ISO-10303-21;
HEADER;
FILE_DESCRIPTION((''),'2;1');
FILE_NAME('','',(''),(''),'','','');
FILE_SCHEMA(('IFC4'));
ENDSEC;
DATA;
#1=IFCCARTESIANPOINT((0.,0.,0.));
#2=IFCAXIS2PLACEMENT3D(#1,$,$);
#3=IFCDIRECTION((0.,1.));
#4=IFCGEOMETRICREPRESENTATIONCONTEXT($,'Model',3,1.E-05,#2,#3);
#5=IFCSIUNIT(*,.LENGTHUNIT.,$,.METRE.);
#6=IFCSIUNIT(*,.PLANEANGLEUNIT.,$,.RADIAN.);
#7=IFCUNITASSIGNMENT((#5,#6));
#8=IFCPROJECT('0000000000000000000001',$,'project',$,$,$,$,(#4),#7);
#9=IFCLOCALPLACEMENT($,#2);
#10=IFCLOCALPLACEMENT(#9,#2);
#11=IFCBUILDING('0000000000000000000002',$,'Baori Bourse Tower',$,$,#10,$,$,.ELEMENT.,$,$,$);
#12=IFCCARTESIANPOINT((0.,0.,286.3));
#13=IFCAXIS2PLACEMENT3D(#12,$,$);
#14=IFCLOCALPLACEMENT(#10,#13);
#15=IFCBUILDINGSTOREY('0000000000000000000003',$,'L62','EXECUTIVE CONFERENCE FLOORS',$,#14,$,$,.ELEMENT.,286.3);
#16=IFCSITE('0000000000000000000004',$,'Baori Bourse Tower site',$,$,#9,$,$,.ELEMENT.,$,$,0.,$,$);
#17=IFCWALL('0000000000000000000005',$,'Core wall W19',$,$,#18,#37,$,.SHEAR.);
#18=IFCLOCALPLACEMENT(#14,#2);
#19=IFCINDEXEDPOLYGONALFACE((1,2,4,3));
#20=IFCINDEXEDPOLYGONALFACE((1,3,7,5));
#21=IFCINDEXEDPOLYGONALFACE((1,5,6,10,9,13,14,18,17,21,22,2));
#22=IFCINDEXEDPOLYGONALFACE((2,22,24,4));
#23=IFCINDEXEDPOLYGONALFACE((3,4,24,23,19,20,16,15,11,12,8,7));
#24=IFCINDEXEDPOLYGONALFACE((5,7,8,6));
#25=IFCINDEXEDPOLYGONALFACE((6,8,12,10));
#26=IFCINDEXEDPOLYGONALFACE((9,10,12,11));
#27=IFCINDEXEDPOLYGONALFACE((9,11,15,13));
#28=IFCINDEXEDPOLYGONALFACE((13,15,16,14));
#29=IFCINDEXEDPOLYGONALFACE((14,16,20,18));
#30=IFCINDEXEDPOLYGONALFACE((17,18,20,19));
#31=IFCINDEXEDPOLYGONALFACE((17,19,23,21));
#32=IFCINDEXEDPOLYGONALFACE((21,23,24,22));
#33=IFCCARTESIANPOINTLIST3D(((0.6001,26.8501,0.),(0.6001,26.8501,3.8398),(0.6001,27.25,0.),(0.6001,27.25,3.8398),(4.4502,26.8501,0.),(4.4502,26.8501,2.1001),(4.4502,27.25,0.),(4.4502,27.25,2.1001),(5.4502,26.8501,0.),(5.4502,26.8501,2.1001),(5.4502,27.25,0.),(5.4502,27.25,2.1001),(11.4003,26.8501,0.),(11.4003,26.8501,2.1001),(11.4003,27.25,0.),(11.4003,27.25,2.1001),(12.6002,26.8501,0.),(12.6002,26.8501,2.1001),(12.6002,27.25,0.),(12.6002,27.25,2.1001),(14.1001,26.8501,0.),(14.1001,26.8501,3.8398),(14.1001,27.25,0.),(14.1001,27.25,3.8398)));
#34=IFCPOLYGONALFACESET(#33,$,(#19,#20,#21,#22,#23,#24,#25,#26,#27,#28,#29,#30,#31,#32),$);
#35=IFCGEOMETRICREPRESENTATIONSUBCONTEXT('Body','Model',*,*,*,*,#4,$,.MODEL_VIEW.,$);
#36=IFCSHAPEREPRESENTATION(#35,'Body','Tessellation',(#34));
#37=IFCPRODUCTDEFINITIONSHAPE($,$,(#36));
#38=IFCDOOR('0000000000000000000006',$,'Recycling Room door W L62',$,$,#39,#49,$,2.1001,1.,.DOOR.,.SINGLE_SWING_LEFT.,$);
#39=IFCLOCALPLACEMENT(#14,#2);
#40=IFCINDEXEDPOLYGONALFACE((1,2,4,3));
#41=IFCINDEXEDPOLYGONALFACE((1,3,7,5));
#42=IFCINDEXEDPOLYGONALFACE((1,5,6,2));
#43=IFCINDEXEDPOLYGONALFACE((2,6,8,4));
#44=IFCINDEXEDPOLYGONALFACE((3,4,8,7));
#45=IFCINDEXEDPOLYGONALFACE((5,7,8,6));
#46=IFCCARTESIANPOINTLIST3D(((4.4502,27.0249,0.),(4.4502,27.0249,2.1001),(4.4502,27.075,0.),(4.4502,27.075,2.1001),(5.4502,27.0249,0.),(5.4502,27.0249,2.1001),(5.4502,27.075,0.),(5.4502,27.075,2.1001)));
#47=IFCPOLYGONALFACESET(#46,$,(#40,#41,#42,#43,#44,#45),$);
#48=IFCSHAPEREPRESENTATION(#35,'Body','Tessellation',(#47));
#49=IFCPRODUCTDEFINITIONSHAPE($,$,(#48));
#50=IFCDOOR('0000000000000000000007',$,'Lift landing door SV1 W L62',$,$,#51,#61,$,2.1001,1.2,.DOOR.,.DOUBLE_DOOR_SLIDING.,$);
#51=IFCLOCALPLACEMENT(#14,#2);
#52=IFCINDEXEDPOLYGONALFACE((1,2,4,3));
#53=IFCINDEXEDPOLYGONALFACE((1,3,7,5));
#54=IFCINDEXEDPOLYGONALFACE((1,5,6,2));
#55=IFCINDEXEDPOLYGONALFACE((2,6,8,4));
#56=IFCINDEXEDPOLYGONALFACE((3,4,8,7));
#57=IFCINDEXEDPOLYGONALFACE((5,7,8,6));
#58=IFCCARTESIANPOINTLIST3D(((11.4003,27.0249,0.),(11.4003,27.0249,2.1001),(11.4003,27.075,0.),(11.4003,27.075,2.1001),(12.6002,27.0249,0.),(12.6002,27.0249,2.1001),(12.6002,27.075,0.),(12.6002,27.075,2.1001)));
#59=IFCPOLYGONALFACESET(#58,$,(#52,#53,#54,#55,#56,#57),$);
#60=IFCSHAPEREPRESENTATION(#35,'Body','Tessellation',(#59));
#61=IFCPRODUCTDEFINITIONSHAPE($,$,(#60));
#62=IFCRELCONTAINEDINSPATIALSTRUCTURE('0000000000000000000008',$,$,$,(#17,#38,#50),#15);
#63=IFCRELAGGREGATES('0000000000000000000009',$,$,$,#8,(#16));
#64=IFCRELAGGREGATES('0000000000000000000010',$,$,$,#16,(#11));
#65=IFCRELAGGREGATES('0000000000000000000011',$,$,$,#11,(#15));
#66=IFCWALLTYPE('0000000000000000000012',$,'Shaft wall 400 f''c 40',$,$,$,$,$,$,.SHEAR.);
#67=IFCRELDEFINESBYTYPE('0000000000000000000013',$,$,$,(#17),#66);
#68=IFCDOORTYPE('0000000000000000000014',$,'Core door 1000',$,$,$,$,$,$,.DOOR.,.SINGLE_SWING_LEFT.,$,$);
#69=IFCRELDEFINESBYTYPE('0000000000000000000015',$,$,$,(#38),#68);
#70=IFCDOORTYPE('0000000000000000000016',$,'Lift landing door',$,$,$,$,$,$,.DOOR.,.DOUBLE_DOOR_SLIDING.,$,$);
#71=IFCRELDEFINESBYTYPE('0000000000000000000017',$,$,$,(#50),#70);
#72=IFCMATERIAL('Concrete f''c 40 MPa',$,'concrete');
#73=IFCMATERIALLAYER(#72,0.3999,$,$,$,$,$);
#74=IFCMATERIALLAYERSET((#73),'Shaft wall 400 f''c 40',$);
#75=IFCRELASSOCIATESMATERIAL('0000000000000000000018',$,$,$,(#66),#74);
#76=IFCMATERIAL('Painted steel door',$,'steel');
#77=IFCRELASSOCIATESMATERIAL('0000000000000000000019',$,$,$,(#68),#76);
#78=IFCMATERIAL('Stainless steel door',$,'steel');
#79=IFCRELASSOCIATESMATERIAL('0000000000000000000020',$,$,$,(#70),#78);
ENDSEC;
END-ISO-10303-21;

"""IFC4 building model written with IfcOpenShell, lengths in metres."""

from ifc_helpers import new_model, si_unit, direction, frame, frame_2d, origin, place, context, subcontext, project, spatial, rectangle, extrude, material, layer, layer_set, type_object, element, fill, save


model = new_model("IFC4")

# Units and contexts
model_context = context("Model", 3, precision=1e-05, world=origin(), true_north=direction((0.0, 1.0)))
body_context = subcontext(model_context, "Body", "Model", "MODEL_VIEW")
ifc_project = project(units=[si_unit("LENGTHUNIT", "METRE"), si_unit("PLANEANGLEUNIT", "RADIAN")], contexts=[model_context])

# Site, building, storey
site_placement = place(None, origin())
site = spatial("IfcSite", under=ifc_project, at=site_placement, Name="Baori Bourse Tower site", CompositionType="ELEMENT", RefElevation=0.0)
building_placement = place(site_placement, origin())
building = spatial("IfcBuilding", under=site, at=building_placement, Name="Baori Bourse Tower", CompositionType="ELEMENT")
storey_placement = place(building_placement, frame((0.0, 0.0, 286.3)))
storey = spatial("IfcBuildingStorey", under=building, at=storey_placement, Name="L62", Description="EXECUTIVE CONFERENCE FLOORS", CompositionType="ELEMENT", Elevation=286.3)

# Wall, openings, doors
ifc_material_1 = material(Name="Concrete f'c 40 MPa", Category="concrete")
ifc_layer_1 = layer(ifc_material_1, 0.3999)
ifc_layer_set_1 = layer_set([ifc_layer_1], Name="Shaft wall 400 f'c 40")
wall_type_1 = type_object("IfcWallType", Name="Shaft wall 400 f'c 40", PredefinedType="SHEAR", material=ifc_layer_set_1)
wall_1_placement = place(storey_placement, frame((0.6001, 27.05, 0.0), z_axis=(0.0, 0.0, 1.0), x_axis=(1.0, 0.0, 0.0)))
wall_1 = element("IfcWall", 1, at=wall_1_placement, inside=storey, type_object=wall_type_1, Name="Core wall W19", PredefinedType="SHEAR", context=body_context, shape_type="SweptSolid", body=[
    extrude(rectangle(XDim=13.5, YDim=0.3999, at=frame_2d((6.75, 0.0))), origin(), (0.0, 0.0, 1.0), 3.8398),
])
opening_1_placement = place(wall_1_placement, frame((3.8501, 0.0, 0.0)))
opening_1 = element("IfcOpeningElement", 2, at=opening_1_placement, cuts=wall_1, PredefinedType="OPENING", context=body_context, shape_type="SweptSolid", body=[
    extrude(rectangle(XDim=1.0, YDim=2.1001, at=frame_2d((0.5, 1.05))), frame((0.0, 0.21, 0.0), z_axis=(0.0, -1.0, 0.0), x_axis=(1.0, 0.0, 0.0)), (0.0, 0.0, 1.0), 0.4199),
])
opening_2_placement = place(wall_1_placement, frame((10.8, 0.0, 0.0)))
opening_2 = element("IfcOpeningElement", 3, at=opening_2_placement, cuts=wall_1, PredefinedType="OPENING", context=body_context, shape_type="SweptSolid", body=[
    extrude(rectangle(XDim=1.2, YDim=2.1001, at=frame_2d((0.6001, 1.05))), frame((0.0, 0.21, 0.0), z_axis=(0.0, -1.0, 0.0), x_axis=(1.0, 0.0, 0.0)), (0.0, 0.0, 1.0), 0.4199),
])
ifc_material_2 = material(Name="Painted steel door", Category="steel")
door_type_1 = type_object("IfcDoorType", Name="Core door 1000", OperationType="SINGLE_SWING_LEFT", PredefinedType="DOOR", material=ifc_material_2)
door_1_placement = place(opening_1_placement, origin())
door_1 = element("IfcDoor", 4, at=door_1_placement, inside=storey, type_object=door_type_1, Name="Recycling Room door W L62", OperationType="SINGLE_SWING_LEFT", OverallHeight=2.1001, OverallWidth=1.0, PredefinedType="DOOR", context=body_context, shape_type="SweptSolid", body=[
    extrude(rectangle(XDim=1.0, YDim=2.1001, at=frame_2d((0.5, 1.05))), frame((0.0, 0.0249, 0.0), z_axis=(0.0, -1.0, 0.0), x_axis=(1.0, 0.0, 0.0)), (0.0, 0.0, 1.0), 0.05),
])
fill(opening_1, door_1)
ifc_material_3 = material(Name="Stainless steel door", Category="steel")
door_type_2 = type_object("IfcDoorType", Name="Lift landing door", OperationType="DOUBLE_DOOR_SLIDING", PredefinedType="DOOR", material=ifc_material_3)
door_2_placement = place(opening_2_placement, origin())
door_2 = element("IfcDoor", 5, at=door_2_placement, inside=storey, type_object=door_type_2, Name="Lift landing door SV1 W L62", OperationType="DOUBLE_DOOR_SLIDING", OverallHeight=2.1001, OverallWidth=1.2, PredefinedType="DOOR", context=body_context, shape_type="SweptSolid", body=[
    extrude(rectangle(XDim=1.2, YDim=2.1001, at=frame_2d((0.6001, 1.05))), frame((0.0, 0.0249, 0.0), z_axis=(0.0, -1.0, 0.0), x_axis=(1.0, 0.0, 0.0)), (0.0, 0.0, 1.0), 0.05),
])
fill(opening_2, door_2)

save(model, "model.ifc")
